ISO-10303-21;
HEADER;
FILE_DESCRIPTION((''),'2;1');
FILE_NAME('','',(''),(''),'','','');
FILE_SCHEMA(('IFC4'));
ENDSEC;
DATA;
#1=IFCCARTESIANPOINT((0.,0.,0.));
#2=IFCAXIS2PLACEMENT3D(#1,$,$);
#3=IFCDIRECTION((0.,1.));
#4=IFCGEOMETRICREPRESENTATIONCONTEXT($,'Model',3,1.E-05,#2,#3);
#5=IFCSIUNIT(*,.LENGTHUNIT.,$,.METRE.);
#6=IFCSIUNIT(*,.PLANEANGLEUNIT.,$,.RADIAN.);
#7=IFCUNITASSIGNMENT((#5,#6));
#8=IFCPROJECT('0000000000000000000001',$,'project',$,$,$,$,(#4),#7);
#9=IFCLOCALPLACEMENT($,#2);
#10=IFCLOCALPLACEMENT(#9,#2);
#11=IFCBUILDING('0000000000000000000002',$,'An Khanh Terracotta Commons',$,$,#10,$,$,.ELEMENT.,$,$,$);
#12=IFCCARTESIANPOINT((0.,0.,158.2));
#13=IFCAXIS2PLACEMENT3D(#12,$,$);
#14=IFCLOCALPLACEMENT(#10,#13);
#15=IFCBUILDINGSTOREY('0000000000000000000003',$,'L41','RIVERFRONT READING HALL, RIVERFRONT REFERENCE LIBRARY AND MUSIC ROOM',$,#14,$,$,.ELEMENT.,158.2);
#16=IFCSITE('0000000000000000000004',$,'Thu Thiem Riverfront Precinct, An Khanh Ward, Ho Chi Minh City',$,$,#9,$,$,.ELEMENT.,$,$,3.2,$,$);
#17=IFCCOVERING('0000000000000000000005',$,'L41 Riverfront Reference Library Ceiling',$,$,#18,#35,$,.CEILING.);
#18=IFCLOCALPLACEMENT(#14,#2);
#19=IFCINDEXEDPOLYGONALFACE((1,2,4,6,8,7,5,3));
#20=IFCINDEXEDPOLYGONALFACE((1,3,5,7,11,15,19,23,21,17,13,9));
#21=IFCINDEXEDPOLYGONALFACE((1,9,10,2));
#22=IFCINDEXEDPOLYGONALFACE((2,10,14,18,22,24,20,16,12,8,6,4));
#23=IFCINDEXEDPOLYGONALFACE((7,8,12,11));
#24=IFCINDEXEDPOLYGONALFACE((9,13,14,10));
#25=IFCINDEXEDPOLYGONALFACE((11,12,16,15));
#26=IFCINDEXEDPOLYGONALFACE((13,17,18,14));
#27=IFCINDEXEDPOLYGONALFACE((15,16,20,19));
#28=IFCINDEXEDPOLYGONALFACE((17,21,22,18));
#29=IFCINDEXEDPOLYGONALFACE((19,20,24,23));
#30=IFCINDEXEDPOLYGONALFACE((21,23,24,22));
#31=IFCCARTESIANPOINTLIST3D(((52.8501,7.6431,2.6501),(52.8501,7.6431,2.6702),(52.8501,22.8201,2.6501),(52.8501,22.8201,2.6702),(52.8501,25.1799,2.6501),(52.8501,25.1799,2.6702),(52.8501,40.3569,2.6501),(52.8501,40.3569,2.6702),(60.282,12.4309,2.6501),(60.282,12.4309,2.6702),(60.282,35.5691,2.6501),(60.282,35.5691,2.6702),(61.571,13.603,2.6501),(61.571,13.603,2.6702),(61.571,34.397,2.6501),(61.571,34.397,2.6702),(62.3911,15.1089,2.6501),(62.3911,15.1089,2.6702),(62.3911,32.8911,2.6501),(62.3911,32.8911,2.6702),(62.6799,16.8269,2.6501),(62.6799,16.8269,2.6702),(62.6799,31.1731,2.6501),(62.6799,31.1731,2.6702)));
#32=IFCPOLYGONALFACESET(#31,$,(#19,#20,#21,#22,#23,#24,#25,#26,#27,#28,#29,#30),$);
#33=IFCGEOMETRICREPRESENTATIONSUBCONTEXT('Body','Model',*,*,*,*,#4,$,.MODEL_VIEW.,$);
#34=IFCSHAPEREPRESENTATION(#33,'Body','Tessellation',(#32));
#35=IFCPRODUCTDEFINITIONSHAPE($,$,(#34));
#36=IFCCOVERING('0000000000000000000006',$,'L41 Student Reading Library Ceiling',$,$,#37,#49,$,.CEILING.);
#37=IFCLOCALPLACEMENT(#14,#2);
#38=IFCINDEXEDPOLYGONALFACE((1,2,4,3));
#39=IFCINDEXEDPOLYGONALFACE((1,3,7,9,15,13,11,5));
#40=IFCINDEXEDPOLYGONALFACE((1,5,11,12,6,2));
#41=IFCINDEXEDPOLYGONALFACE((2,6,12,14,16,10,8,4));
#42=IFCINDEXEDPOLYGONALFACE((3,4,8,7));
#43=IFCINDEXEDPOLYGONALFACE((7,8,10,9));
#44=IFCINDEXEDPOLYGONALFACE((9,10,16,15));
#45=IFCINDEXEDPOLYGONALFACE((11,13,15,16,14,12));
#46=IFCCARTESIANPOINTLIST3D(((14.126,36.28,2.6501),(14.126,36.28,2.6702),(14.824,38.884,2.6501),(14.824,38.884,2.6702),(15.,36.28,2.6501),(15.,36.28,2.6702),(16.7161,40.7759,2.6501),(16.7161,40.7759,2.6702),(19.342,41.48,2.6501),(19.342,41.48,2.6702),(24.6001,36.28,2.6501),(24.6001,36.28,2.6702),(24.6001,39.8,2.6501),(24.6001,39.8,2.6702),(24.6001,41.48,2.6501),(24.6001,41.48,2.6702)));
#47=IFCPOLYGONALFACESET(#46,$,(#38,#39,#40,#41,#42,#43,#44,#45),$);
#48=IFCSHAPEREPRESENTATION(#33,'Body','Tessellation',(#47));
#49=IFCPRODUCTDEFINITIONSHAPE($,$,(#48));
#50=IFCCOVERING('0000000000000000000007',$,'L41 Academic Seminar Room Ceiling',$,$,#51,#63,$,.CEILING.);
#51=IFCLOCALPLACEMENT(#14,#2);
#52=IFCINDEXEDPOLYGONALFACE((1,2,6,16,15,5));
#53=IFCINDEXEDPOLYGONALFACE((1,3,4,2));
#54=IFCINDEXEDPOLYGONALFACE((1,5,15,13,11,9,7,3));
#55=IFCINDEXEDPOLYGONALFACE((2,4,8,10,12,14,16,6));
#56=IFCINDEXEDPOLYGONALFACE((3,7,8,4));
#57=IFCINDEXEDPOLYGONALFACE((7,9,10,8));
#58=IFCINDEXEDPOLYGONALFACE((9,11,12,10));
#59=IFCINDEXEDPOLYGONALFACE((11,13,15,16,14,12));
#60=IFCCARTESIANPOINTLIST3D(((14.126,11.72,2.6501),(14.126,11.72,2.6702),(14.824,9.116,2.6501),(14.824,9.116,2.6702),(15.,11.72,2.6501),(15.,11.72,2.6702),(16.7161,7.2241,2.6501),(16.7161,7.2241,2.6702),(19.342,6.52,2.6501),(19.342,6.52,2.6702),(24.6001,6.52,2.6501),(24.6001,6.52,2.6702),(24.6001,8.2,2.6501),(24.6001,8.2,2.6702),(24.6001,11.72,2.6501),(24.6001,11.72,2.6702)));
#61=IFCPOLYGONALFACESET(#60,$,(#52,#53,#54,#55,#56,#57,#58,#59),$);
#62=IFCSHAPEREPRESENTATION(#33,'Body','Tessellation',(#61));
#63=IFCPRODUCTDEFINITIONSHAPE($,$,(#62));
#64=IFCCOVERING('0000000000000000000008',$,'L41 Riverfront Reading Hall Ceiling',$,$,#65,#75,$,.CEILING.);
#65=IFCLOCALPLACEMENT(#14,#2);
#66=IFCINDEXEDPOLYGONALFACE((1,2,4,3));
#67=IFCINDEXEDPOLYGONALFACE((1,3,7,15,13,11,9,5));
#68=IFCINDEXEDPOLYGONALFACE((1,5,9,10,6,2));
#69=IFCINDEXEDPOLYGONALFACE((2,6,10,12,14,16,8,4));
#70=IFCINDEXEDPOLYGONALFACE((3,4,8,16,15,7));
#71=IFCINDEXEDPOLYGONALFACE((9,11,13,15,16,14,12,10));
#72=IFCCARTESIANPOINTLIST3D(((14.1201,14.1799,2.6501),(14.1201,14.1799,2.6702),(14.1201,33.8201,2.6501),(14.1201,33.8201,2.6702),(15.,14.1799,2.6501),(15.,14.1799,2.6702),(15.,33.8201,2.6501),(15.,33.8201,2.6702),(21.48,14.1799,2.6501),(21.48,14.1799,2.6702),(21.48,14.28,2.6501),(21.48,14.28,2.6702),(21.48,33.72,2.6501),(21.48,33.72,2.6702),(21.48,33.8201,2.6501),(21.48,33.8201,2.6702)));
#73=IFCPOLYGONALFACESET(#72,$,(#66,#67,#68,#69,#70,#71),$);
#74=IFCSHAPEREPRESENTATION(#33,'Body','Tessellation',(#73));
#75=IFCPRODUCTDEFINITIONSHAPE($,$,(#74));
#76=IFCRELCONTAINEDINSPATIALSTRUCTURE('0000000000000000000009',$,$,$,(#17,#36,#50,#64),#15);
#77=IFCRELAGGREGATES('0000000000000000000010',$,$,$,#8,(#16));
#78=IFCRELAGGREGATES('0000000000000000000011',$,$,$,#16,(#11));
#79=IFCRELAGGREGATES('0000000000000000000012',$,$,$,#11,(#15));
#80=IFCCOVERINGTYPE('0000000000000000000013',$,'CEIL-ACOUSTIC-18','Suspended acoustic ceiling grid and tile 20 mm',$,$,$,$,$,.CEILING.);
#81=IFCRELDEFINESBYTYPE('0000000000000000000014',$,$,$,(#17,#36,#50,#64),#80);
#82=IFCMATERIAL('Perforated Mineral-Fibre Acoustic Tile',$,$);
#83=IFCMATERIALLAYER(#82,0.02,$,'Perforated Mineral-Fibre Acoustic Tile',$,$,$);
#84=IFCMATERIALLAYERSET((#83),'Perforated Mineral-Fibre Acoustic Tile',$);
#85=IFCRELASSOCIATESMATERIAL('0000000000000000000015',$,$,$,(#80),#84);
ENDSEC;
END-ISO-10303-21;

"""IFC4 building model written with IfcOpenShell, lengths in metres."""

from ifc_helpers import new_model, si_unit, direction, frame, origin, place, context, subcontext, project, spatial, polyline, outline, extrude, material, layer, layer_set, type_object, element, save


model = new_model("IFC4")

# Units and contexts
model_context = context("Model", 3, precision=1e-05, world=origin(), true_north=direction((0.0, 1.0)))
body_context = subcontext(model_context, "Body", "Model", "MODEL_VIEW")
ifc_project = project(units=[si_unit("LENGTHUNIT", "METRE"), si_unit("PLANEANGLEUNIT", "RADIAN")], contexts=[model_context])

# Site, building, storey
site_placement = place(None, origin())
site = spatial("IfcSite", under=ifc_project, at=site_placement, Name="Thu Thiem Riverfront Precinct, An Khanh Ward, Ho Chi Minh City", CompositionType="ELEMENT", RefElevation=3.2)
building_placement = place(site_placement, origin())
building = spatial("IfcBuilding", under=site, at=building_placement, Name="An Khanh Terracotta Commons", CompositionType="ELEMENT")
storey_placement = place(building_placement, frame((0.0, 0.0, 158.2)))
storey = spatial("IfcBuildingStorey", under=building, at=storey_placement, Name="L41", Description="RIVERFRONT READING HALL, RIVERFRONT REFERENCE LIBRARY AND MUSIC ROOM", CompositionType="ELEMENT", Elevation=158.2)

# Coverings
ifc_material_1 = material(Name="Perforated Mineral-Fibre Acoustic Tile")
ifc_layer_1 = layer(ifc_material_1, 0.02, Name="Perforated Mineral-Fibre Acoustic Tile")
ifc_layer_set_1 = layer_set([ifc_layer_1], Name="Perforated Mineral-Fibre Acoustic Tile")
covering_type = type_object("IfcCoveringType", Name="CEIL-ACOUSTIC-18", Description="Suspended acoustic ceiling grid and tile 20 mm", PredefinedType="CEILING", material=ifc_layer_set_1)
covering_1_placement = place(storey_placement, frame((0.0, 0.0, 2.6501)))
element("IfcCovering", 1, at=covering_1_placement, inside=storey, type_object=covering_type, Name="L41 Riverfront Reference Library Ceiling", PredefinedType="CEILING", context=body_context, shape_type="SweptSolid", body=[
    extrude(outline(polyline([(60.282, 35.5691), (61.571, 34.397), (62.3911, 32.8911), (62.6799, 31.1731), (62.6799, 16.8269), (62.3911, 15.1089), (61.571, 13.603), (60.282, 12.4309), (52.8501, 7.6431), (52.8501, 22.8201), (52.8501, 25.1799), (52.8501, 40.3569), (60.282, 35.5691)])), origin(), (0.0, 0.0, 1.0), 0.02),
])
covering_2_placement = place(storey_placement, frame((0.0, 0.0, 2.6501)))
element("IfcCovering", 2, at=covering_2_placement, inside=storey, type_object=covering_type, Name="L41 Student Reading Library Ceiling", PredefinedType="CEILING", context=body_context, shape_type="SweptSolid", body=[
    extrude(outline(polyline([(19.342, 41.48), (24.6001, 41.48), (24.6001, 39.8), (24.6001, 36.28), (15.0, 36.28), (14.126, 36.28), (14.824, 38.884), (16.7161, 40.7759), (19.342, 41.48)])), origin(), (0.0, 0.0, 1.0), 0.02),
])
covering_3_placement = place(storey_placement, frame((0.0, 0.0, 2.6501)))
element("IfcCovering", 3, at=covering_3_placement, inside=storey, type_object=covering_type, Name="L41 Academic Seminar Room Ceiling", PredefinedType="CEILING", context=body_context, shape_type="SweptSolid", body=[
    extrude(outline(polyline([(19.342, 6.52), (16.7161, 7.2241), (14.824, 9.116), (14.126, 11.72), (15.0, 11.72), (24.6001, 11.72), (24.6001, 8.2), (24.6001, 6.52), (19.342, 6.52)])), origin(), (0.0, 0.0, 1.0), 0.02),
])
covering_4_placement = place(storey_placement, frame((0.0, 0.0, 2.6501)))
element("IfcCovering", 4, at=covering_4_placement, inside=storey, type_object=covering_type, Name="L41 Riverfront Reading Hall Ceiling", PredefinedType="CEILING", context=body_context, shape_type="SweptSolid", body=[
    extrude(outline(polyline([(14.1201, 33.8201), (15.0, 33.8201), (21.48, 33.8201), (21.48, 33.72), (21.48, 14.28), (21.48, 14.1799), (15.0, 14.1799), (14.1201, 14.1799), (14.1201, 33.8201)])), origin(), (0.0, 0.0, 1.0), 0.02),
])

save(model, "model.ifc")
